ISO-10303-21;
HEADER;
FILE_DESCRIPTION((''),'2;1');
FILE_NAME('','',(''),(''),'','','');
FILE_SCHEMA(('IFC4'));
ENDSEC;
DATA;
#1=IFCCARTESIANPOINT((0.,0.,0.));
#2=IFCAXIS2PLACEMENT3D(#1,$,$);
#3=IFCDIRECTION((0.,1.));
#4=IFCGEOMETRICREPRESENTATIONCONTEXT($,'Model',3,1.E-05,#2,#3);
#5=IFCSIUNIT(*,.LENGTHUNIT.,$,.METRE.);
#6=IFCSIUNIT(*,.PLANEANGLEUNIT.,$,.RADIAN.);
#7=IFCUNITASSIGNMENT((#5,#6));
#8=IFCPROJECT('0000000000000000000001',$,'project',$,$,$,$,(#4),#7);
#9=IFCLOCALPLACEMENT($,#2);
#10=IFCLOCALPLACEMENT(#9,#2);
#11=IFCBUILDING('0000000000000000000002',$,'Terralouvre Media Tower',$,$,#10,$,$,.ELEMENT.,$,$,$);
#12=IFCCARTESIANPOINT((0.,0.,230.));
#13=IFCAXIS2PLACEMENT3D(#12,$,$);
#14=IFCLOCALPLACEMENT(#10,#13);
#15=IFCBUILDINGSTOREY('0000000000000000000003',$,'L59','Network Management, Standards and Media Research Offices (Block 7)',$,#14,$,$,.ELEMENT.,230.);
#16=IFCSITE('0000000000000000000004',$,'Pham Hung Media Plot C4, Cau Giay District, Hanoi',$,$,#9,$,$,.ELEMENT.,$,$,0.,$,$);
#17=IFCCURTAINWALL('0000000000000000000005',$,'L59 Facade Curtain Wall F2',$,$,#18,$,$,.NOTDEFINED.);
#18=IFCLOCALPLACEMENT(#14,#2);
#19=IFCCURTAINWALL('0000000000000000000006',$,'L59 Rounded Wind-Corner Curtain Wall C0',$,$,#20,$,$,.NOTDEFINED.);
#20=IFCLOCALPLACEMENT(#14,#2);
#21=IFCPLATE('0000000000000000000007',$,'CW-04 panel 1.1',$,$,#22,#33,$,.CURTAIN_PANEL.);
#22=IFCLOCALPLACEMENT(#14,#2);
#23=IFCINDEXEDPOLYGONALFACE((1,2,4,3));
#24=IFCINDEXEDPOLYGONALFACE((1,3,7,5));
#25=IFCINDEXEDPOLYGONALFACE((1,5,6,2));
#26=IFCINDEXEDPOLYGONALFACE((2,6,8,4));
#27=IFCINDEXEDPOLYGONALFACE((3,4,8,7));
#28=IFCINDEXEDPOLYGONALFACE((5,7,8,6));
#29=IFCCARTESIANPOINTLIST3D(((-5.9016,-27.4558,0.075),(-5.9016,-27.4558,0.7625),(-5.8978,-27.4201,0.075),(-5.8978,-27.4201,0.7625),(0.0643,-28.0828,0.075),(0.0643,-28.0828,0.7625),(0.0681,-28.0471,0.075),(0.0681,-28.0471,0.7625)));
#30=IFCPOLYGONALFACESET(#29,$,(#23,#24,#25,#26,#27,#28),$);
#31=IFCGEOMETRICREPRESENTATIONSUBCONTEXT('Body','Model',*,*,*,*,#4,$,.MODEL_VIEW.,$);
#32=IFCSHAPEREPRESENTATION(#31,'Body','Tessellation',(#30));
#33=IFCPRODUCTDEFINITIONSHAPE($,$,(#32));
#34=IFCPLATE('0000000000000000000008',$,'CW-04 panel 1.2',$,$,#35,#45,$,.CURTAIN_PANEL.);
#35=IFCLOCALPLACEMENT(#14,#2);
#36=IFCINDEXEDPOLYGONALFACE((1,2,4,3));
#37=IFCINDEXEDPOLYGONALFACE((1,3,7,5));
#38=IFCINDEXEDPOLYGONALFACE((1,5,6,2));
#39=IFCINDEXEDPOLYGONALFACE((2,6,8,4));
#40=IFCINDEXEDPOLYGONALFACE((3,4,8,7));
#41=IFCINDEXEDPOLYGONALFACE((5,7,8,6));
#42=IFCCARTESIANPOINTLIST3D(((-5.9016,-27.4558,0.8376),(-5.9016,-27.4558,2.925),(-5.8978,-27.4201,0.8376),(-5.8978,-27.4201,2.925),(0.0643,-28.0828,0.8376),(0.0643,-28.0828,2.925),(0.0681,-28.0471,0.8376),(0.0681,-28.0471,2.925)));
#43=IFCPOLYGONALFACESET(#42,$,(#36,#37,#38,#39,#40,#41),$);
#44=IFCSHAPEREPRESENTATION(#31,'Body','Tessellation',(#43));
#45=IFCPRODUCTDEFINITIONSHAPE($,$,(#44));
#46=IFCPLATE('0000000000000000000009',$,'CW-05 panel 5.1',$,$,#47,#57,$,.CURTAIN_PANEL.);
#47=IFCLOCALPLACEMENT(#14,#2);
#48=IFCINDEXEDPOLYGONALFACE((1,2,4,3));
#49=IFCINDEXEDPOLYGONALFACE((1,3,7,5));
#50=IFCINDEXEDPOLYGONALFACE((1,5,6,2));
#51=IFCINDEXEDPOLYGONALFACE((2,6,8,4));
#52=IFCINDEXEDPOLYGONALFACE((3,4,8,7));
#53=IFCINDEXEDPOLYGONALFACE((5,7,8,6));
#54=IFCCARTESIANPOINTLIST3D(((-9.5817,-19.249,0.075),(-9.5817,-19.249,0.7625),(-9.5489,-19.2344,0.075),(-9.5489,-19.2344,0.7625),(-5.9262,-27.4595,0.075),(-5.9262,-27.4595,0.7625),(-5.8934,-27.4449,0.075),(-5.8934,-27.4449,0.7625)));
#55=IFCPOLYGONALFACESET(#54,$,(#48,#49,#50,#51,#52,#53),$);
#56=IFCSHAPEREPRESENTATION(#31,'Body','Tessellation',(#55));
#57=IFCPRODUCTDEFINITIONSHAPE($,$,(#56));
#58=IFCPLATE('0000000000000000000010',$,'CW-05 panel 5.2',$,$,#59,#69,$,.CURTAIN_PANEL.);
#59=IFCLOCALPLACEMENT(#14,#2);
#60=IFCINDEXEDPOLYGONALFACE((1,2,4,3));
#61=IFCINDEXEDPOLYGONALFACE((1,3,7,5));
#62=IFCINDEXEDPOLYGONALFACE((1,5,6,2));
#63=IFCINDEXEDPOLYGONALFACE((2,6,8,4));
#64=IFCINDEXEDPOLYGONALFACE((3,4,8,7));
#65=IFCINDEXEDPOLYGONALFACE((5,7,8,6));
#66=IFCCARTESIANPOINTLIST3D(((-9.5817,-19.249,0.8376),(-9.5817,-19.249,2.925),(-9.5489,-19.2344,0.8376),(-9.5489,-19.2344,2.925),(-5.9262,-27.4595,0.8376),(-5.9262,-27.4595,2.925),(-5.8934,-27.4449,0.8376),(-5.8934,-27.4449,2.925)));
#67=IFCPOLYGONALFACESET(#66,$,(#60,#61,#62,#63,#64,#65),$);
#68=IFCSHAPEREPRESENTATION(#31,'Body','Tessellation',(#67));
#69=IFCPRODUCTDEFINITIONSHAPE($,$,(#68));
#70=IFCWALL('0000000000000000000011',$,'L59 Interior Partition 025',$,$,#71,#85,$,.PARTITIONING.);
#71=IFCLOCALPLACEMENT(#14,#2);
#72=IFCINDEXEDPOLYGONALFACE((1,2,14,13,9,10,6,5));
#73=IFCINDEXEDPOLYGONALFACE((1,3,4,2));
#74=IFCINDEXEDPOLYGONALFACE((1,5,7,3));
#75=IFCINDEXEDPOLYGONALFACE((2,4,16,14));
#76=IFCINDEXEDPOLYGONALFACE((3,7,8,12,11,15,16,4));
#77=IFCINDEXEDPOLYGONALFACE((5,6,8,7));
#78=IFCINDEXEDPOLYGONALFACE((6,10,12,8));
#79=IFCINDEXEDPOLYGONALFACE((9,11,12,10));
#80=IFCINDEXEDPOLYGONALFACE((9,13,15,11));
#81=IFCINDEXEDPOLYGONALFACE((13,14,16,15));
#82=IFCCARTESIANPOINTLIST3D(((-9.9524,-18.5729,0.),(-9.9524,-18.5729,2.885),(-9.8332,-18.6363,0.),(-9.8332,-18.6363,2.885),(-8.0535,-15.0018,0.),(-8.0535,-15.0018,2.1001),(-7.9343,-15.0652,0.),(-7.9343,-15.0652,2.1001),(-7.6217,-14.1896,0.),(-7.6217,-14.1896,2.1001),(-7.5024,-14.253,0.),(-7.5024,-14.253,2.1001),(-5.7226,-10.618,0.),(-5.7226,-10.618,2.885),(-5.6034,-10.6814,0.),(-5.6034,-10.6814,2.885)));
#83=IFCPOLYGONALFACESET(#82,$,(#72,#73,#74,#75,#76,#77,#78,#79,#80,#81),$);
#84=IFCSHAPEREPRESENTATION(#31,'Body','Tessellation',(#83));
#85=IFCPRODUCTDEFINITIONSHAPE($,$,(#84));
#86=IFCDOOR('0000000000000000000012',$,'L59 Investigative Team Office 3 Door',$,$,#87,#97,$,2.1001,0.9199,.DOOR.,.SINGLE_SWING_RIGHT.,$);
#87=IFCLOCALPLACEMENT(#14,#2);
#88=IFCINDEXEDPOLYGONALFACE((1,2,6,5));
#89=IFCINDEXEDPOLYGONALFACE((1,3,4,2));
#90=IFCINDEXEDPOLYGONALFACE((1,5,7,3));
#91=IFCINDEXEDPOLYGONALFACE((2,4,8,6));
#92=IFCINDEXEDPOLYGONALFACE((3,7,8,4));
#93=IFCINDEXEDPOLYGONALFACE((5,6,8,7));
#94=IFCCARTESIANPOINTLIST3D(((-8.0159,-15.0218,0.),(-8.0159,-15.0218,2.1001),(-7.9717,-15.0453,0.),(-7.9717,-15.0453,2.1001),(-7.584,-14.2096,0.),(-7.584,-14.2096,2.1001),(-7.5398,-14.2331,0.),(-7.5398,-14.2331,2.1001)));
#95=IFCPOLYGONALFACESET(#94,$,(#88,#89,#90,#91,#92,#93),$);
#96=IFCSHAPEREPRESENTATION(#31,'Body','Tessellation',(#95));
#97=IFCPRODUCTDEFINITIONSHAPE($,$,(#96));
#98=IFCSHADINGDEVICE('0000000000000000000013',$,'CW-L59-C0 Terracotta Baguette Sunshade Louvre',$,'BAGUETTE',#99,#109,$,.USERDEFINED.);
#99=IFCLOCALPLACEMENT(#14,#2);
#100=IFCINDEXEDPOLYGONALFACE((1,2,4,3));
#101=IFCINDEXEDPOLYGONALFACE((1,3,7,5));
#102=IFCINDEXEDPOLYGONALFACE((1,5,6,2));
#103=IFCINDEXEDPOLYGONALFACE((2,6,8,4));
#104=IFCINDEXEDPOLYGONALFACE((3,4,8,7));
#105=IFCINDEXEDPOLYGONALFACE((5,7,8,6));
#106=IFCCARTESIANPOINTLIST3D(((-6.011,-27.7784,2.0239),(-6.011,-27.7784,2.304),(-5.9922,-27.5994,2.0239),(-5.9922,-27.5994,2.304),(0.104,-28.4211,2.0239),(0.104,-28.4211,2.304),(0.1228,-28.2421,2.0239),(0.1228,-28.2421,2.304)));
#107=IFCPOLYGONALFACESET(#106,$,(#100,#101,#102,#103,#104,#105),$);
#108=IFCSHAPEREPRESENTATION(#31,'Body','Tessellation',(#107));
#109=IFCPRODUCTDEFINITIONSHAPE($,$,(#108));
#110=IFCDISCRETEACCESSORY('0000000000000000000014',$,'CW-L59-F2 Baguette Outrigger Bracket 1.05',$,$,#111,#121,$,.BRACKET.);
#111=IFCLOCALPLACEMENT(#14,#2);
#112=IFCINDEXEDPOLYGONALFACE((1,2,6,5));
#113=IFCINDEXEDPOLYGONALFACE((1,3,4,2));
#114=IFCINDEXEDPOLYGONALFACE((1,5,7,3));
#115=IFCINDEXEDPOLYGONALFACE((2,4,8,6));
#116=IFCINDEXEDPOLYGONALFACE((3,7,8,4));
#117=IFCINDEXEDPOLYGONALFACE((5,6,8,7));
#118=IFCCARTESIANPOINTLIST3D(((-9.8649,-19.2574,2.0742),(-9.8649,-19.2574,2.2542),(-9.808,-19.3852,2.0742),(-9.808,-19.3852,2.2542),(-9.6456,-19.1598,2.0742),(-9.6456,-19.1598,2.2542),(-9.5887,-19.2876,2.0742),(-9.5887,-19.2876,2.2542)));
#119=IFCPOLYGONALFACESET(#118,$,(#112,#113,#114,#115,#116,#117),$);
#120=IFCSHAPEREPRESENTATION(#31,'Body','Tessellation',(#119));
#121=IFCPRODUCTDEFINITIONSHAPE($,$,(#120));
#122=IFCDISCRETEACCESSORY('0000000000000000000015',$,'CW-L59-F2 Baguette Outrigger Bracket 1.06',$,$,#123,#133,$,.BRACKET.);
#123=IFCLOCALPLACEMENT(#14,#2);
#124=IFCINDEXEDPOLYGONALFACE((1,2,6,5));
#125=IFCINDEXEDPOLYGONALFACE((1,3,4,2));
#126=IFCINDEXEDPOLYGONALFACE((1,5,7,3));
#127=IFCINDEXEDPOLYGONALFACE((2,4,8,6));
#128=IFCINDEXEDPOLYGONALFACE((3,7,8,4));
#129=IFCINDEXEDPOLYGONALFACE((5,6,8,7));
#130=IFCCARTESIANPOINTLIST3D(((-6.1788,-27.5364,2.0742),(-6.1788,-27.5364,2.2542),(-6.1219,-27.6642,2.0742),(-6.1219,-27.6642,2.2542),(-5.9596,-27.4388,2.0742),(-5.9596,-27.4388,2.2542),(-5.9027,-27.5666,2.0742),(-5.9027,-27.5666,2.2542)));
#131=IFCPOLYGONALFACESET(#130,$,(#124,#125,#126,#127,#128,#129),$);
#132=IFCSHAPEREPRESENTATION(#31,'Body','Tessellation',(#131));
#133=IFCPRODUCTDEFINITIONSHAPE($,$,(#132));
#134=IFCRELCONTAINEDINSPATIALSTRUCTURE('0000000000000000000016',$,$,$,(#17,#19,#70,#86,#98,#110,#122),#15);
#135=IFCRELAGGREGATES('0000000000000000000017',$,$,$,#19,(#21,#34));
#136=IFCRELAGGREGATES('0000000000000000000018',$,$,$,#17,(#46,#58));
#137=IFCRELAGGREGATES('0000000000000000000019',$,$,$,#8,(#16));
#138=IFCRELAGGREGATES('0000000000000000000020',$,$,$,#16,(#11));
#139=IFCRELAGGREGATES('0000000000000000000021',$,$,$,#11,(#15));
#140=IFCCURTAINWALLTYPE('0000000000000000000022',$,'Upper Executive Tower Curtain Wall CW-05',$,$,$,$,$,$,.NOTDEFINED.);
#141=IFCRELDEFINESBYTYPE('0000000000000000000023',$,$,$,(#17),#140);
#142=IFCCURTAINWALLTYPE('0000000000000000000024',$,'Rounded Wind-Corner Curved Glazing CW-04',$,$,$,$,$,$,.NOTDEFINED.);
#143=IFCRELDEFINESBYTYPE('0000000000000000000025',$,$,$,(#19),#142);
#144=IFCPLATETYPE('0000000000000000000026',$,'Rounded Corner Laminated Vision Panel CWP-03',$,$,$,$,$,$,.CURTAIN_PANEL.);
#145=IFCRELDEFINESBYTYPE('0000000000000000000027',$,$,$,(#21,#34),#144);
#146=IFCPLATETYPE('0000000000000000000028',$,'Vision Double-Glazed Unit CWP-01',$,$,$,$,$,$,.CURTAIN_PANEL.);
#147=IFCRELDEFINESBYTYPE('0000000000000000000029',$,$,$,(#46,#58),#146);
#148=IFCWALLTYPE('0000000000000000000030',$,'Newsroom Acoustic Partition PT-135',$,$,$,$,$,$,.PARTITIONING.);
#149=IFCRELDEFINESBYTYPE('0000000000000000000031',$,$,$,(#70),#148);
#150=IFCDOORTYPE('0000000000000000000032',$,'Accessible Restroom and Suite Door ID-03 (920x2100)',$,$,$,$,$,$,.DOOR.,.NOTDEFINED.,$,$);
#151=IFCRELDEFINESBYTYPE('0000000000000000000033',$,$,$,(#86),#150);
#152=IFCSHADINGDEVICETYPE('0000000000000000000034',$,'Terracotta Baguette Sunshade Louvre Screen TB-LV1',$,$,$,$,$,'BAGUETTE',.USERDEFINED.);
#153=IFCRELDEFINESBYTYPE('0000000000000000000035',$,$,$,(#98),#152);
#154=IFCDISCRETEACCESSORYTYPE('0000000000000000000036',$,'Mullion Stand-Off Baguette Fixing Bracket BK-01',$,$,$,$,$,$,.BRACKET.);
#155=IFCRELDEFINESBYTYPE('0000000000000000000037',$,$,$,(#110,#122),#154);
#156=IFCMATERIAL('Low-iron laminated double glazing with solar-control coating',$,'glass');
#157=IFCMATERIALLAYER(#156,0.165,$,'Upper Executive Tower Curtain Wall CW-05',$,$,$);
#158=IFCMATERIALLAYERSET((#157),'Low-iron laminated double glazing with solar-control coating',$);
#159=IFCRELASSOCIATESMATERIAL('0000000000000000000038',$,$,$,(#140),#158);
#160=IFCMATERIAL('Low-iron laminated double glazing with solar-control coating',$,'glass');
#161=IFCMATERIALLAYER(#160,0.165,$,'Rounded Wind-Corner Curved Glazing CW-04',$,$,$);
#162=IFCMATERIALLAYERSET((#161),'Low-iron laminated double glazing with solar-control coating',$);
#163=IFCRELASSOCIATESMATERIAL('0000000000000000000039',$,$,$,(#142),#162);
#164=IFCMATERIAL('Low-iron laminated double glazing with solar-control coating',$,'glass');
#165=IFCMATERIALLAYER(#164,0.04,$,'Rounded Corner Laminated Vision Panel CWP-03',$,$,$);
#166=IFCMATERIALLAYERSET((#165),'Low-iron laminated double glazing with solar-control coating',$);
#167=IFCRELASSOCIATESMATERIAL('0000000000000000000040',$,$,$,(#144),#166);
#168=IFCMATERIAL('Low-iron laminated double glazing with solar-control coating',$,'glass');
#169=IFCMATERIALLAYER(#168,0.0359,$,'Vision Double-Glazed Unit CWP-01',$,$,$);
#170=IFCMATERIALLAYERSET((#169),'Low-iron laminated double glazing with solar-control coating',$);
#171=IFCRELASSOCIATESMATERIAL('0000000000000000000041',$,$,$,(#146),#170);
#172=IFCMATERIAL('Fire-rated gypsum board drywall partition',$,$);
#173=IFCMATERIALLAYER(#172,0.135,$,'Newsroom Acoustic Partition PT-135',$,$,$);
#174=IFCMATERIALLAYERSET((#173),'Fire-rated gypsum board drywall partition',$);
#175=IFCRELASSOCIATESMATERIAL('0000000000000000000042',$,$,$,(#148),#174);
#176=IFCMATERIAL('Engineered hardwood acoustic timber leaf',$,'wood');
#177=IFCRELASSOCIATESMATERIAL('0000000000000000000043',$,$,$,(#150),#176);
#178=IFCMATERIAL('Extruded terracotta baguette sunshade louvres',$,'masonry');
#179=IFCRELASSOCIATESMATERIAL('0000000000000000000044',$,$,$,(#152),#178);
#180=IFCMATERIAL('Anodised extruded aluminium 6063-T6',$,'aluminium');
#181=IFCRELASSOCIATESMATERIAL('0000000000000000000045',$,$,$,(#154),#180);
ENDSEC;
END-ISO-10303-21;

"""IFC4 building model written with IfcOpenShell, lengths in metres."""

from ifc_helpers import new_model, si_unit, direction, frame, frame_2d, origin, origin_2d, place, context, subcontext, project, spatial, rectangle, extrude, material, layer, layer_set, type_object, element, fill, aggregate, save


model = new_model("IFC4")

# Units and contexts
model_context = context("Model", 3, precision=1e-05, world=origin(), true_north=direction((0.0, 1.0)))
body_context = subcontext(model_context, "Body", "Model", "MODEL_VIEW")
ifc_project = project(units=[si_unit("LENGTHUNIT", "METRE"), si_unit("PLANEANGLEUNIT", "RADIAN")], contexts=[model_context])

# Site, building, storey
site_placement = place(None, origin())
site = spatial("IfcSite", under=ifc_project, at=site_placement, Name="Pham Hung Media Plot C4, Cau Giay District, Hanoi", CompositionType="ELEMENT", RefElevation=0.0)
building_placement = place(site_placement, origin())
building = spatial("IfcBuilding", under=site, at=building_placement, Name="Terralouvre Media Tower", CompositionType="ELEMENT")
storey_placement = place(building_placement, frame((0.0, 0.0, 230.0)))
storey = spatial("IfcBuildingStorey", under=building, at=storey_placement, Name="L59", Description="Network Management, Standards and Media Research Offices (Block 7)", CompositionType="ELEMENT", Elevation=230.0)

# Curtain walls
ifc_material_1 = material(Name="Low-iron laminated double glazing with solar-control coating", Category="glass")
ifc_layer_1 = layer(ifc_material_1, 0.165, Name="Upper Executive Tower Curtain Wall CW-05")
ifc_layer_set_1 = layer_set([ifc_layer_1], Name="Low-iron laminated double glazing with solar-control coating")
curtain_wall_type_1 = type_object("IfcCurtainWallType", Name="Upper Executive Tower Curtain Wall CW-05", PredefinedType="NOTDEFINED", material=ifc_layer_set_1)
curtain_wall_1_placement = place(storey_placement, origin())
curtain_wall_1 = element("IfcCurtainWall", 1, at=curtain_wall_1_placement, inside=storey, type_object=curtain_wall_type_1, Name="L59 Facade Curtain Wall F2", PredefinedType="NOTDEFINED")
ifc_material_2 = material(Name="Low-iron laminated double glazing with solar-control coating", Category="glass")
ifc_layer_2 = layer(ifc_material_2, 0.165, Name="Rounded Wind-Corner Curved Glazing CW-04")
ifc_layer_set_2 = layer_set([ifc_layer_2], Name="Low-iron laminated double glazing with solar-control coating")
curtain_wall_type_2 = type_object("IfcCurtainWallType", Name="Rounded Wind-Corner Curved Glazing CW-04", PredefinedType="NOTDEFINED", material=ifc_layer_set_2)
curtain_wall_2_placement = place(storey_placement, origin())
curtain_wall_2 = element("IfcCurtainWall", 2, at=curtain_wall_2_placement, inside=storey, type_object=curtain_wall_type_2, Name="L59 Rounded Wind-Corner Curtain Wall C0", PredefinedType="NOTDEFINED")

# Plates
ifc_material_3 = material(Name="Low-iron laminated double glazing with solar-control coating", Category="glass")
ifc_layer_3 = layer(ifc_material_3, 0.04, Name="Rounded Corner Laminated Vision Panel CWP-03")
ifc_layer_set_3 = layer_set([ifc_layer_3], Name="Low-iron laminated double glazing with solar-control coating")
plate_type_1 = type_object("IfcPlateType", Name="Rounded Corner Laminated Vision Panel CWP-03", PredefinedType="CURTAIN_PANEL", material=ifc_layer_set_3)
plate_1_placement = place(storey_placement, frame((-2.9167, -27.7515, 0.075), z_axis=(0.0, 0.0, 1.0), x_axis=(0.994522, -0.104528, 0.0)))
plate_1 = element("IfcPlate", 3, at=plate_1_placement, type_object=plate_type_1, Name="CW-04 panel 1.1", PredefinedType="CURTAIN_PANEL", context=body_context, shape_type="SweptSolid", body=[
    extrude(rectangle(XDim=5.9988, YDim=0.0359, at=origin_2d()), origin(), (0.0, 0.0, 1.0), 0.6875),
])
plate_2_placement = place(storey_placement, frame((-2.9167, -27.7515, 0.8376), z_axis=(0.0, 0.0, 1.0), x_axis=(0.994522, -0.104528, 0.0)))
plate_2 = element("IfcPlate", 4, at=plate_2_placement, type_object=plate_type_1, Name="CW-04 panel 1.2", PredefinedType="CURTAIN_PANEL", context=body_context, shape_type="SweptSolid", body=[
    extrude(rectangle(XDim=5.9988, YDim=0.0359, at=origin_2d()), origin(), (0.0, 0.0, 1.0), 2.0874),
])
aggregate(curtain_wall_2, [plate_1, plate_2])
ifc_material_4 = material(Name="Low-iron laminated double glazing with solar-control coating", Category="glass")
ifc_layer_4 = layer(ifc_material_4, 0.0359, Name="Vision Double-Glazed Unit CWP-01")
ifc_layer_set_4 = layer_set([ifc_layer_4], Name="Low-iron laminated double glazing with solar-control coating")
plate_type_2 = type_object("IfcPlateType", Name="Vision Double-Glazed Unit CWP-01", PredefinedType="CURTAIN_PANEL", material=ifc_layer_set_4)
plate_3_placement = place(storey_placement, frame((-7.7375, -23.3469, 0.075), z_axis=(0.0, 0.0, 1.0), x_axis=(0.406737, -0.913545, 0.0)))
plate_3 = element("IfcPlate", 5, at=plate_3_placement, type_object=plate_type_2, Name="CW-05 panel 5.1", PredefinedType="CURTAIN_PANEL", context=body_context, shape_type="SweptSolid", body=[
    extrude(rectangle(XDim=8.9875, YDim=0.0359, at=origin_2d()), origin(), (0.0, 0.0, 1.0), 0.6875),
])
plate_4_placement = place(storey_placement, frame((-7.7375, -23.3469, 0.8376), z_axis=(0.0, 0.0, 1.0), x_axis=(0.406737, -0.913545, 0.0)))
plate_4 = element("IfcPlate", 6, at=plate_4_placement, type_object=plate_type_2, Name="CW-05 panel 5.2", PredefinedType="CURTAIN_PANEL", context=body_context, shape_type="SweptSolid", body=[
    extrude(rectangle(XDim=8.9875, YDim=0.0359, at=origin_2d()), origin(), (0.0, 0.0, 1.0), 2.0874),
])
aggregate(curtain_wall_1, [plate_3, plate_4])

# Wall, opening, door
ifc_material_5 = material(Name="Fire-rated gypsum board drywall partition")
ifc_layer_5 = layer(ifc_material_5, 0.135, Name="Newsroom Acoustic Partition PT-135")
ifc_layer_set_5 = layer_set([ifc_layer_5], Name="Fire-rated gypsum board drywall partition")
wall_type = type_object("IfcWallType", Name="Newsroom Acoustic Partition PT-135", PredefinedType="PARTITIONING", material=ifc_layer_set_5)
wall_placement = place(storey_placement, frame((-9.8928, -18.6047, 0.0), z_axis=(0.0, 0.0, 1.0), x_axis=(0.469478, 0.882944, 0.0)))
wall = element("IfcWall", 7, at=wall_placement, inside=storey, type_object=wall_type, Name="L59 Interior Partition 025", PredefinedType="PARTITIONING", context=body_context, shape_type="SweptSolid", body=[
    extrude(rectangle(XDim=9.0095, YDim=0.135, at=frame_2d((4.5049, 0.0))), origin(), (0.0, 0.0, 1.0), 2.885),
])
opening_placement = place(wall_placement, frame((4.0447, 0.0, 0.0)))
opening = element("IfcOpeningElement", 8, at=opening_placement, cuts=wall, PredefinedType="OPENING", context=body_context, shape_type="SweptSolid", body=[
    extrude(rectangle(XDim=0.9199, YDim=2.1001, at=frame_2d((0.46, 1.05))), frame((0.0, 0.0774, 0.0), z_axis=(0.0, -1.0, 0.0), x_axis=(1.0, 0.0, 0.0)), (0.0, 0.0, 1.0), 0.155),
])
ifc_material_6 = material(Name="Engineered hardwood acoustic timber leaf", Category="wood")
door_type = type_object("IfcDoorType", Name="Accessible Restroom and Suite Door ID-03 (920x2100)", OperationType="NOTDEFINED", PredefinedType="DOOR", material=ifc_material_6)
door_placement = place(opening_placement, origin())
door = element("IfcDoor", 9, at=door_placement, inside=storey, type_object=door_type, Name="L59 Investigative Team Office 3 Door", OperationType="SINGLE_SWING_RIGHT", OverallHeight=2.1001, OverallWidth=0.9199, PredefinedType="DOOR", context=body_context, shape_type="SweptSolid", body=[
    extrude(rectangle(XDim=0.9199, YDim=2.1001, at=frame_2d((0.46, 1.05))), frame((0.0, 0.0249, 0.0), z_axis=(0.0, -1.0, 0.0), x_axis=(1.0, 0.0, 0.0)), (0.0, 0.0, 1.0), 0.05),
])
fill(opening, door)

# Shading device
ifc_material_7 = material(Name="Extruded terracotta baguette sunshade louvres", Category="masonry")
shading_device_type = type_object("IfcShadingDeviceType", Name="Terracotta Baguette Sunshade Louvre Screen TB-LV1", ElementType="BAGUETTE", PredefinedType="USERDEFINED", material=ifc_material_7)
shading_device_placement = place(storey_placement, frame((-2.9441, -28.0103, 2.0239), z_axis=(0.0, 0.0, 1.0), x_axis=(0.994522, -0.104528, 0.0)))
element("IfcShadingDevice", 10, at=shading_device_placement, inside=storey, type_object=shading_device_type, Name="CW-L59-C0 Terracotta Baguette Sunshade Louvre", ObjectType="BAGUETTE", PredefinedType="USERDEFINED", context=body_context, shape_type="SweptSolid", body=[
    extrude(rectangle(XDim=6.1487, YDim=0.1799, at=origin_2d()), origin(), (0.0, 0.0, 1.0), 0.28),
])

# Discrete accessories
ifc_material_8 = material(Name="Anodised extruded aluminium 6063-T6", Category="aluminium")
discrete_accessory_type = type_object("IfcDiscreteAccessoryType", Name="Mullion Stand-Off Baguette Fixing Bracket BK-01", PredefinedType="BRACKET", material=ifc_material_8)
for number, where, z_axis, x_axis, name in (
    (11, (-9.7268, -19.2725, 2.0742), (0.0, 0.0, 1.0), (0.406737, -0.913545, 0.0), "CW-L59-F2 Baguette Outrigger Bracket 1.05"),
    (12, (-6.0408, -27.5515, 2.0742), (0.0, 0.0, 1.0), (0.406737, -0.913545, 0.0), "CW-L59-F2 Baguette Outrigger Bracket 1.06"),
):
    element("IfcDiscreteAccessory", number, at=place(storey_placement, frame(where, z_axis=z_axis, x_axis=x_axis)), inside=storey, type_object=discrete_accessory_type, Name=name, PredefinedType="BRACKET", context=body_context, shape_type="SweptSolid", body=[
        extrude(rectangle(XDim=0.1399, YDim=0.24, at=origin_2d()), origin(), (0.0, 0.0, 1.0), 0.1799),
    ])

save(model, "model.ifc")
